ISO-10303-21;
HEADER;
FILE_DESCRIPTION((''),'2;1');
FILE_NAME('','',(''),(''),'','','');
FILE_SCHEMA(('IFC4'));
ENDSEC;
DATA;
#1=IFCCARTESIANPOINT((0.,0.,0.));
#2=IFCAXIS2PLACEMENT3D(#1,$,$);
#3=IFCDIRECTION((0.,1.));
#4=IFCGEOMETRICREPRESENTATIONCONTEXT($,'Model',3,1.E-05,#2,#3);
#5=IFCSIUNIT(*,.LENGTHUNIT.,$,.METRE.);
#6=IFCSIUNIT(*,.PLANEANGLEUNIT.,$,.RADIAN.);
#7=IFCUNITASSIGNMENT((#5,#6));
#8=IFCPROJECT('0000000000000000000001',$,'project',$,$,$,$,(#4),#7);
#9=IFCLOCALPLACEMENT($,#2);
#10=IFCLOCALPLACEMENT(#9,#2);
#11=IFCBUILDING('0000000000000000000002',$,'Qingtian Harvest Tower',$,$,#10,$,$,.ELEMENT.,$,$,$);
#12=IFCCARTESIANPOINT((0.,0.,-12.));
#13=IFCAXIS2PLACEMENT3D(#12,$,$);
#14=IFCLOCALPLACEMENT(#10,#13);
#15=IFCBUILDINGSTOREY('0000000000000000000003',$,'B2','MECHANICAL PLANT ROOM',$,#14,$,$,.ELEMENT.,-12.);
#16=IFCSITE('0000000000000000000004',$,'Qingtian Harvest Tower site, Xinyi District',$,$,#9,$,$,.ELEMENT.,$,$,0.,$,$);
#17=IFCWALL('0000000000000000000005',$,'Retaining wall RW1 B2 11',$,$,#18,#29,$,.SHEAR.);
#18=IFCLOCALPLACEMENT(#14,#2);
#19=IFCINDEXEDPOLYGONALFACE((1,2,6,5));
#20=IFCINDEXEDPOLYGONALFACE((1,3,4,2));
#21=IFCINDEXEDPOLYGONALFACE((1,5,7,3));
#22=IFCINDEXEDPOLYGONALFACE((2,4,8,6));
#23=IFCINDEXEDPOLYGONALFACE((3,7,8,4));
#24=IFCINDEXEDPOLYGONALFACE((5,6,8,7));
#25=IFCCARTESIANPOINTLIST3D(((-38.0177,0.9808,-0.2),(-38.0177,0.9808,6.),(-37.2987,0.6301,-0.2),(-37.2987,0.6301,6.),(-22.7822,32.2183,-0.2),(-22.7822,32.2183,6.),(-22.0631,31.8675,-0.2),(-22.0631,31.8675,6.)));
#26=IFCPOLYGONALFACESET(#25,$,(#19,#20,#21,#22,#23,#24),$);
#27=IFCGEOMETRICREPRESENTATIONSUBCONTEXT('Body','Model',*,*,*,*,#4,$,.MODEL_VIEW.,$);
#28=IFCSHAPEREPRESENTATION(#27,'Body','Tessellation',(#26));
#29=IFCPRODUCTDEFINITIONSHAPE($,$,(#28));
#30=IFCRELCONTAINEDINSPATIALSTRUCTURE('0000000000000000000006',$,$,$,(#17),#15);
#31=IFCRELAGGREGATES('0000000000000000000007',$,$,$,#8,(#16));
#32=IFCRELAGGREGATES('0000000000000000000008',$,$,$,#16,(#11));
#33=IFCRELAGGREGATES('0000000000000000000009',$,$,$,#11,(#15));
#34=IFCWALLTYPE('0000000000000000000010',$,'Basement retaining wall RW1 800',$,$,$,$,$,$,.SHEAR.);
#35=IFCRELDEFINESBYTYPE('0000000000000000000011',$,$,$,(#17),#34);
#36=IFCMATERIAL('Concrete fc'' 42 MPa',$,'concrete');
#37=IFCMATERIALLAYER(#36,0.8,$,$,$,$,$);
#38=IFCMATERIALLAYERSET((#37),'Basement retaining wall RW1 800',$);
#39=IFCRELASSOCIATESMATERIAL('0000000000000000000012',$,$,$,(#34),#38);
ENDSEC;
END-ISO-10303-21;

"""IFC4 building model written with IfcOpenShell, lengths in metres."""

from ifc_helpers import new_model, si_unit, direction, frame, frame_2d, origin, place, context, subcontext, project, spatial, rectangle, extrude, material, layer, layer_set, type_object, element, save


model = new_model("IFC4")

# Units and contexts
model_context = context("Model", 3, precision=1e-05, world=origin(), true_north=direction((0.0, 1.0)))
body_context = subcontext(model_context, "Body", "Model", "MODEL_VIEW")
ifc_project = project(units=[si_unit("LENGTHUNIT", "METRE"), si_unit("PLANEANGLEUNIT", "RADIAN")], contexts=[model_context])

# Site, building, storey
site_placement = place(None, origin())
site = spatial("IfcSite", under=ifc_project, at=site_placement, Name="Qingtian Harvest Tower site, Xinyi District", CompositionType="ELEMENT", RefElevation=0.0)
building_placement = place(site_placement, origin())
building = spatial("IfcBuilding", under=site, at=building_placement, Name="Qingtian Harvest Tower", CompositionType="ELEMENT")
storey_placement = place(building_placement, frame((0.0, 0.0, -12.0)))
storey = spatial("IfcBuildingStorey", under=building, at=storey_placement, Name="B2", Description="MECHANICAL PLANT ROOM", CompositionType="ELEMENT", Elevation=-12.0)

# Wall
ifc_material_1 = material(Name="Concrete fc' 42 MPa", Category="concrete")
ifc_layer = layer(ifc_material_1, 0.8)
ifc_layer_set = layer_set([ifc_layer], Name="Basement retaining wall RW1 800")
wall_type = type_object("IfcWallType", Name="Basement retaining wall RW1 800", PredefinedType="SHEAR", material=ifc_layer_set)
wall_placement = place(storey_placement, frame((-37.6582, 0.8054, -0.2), z_axis=(0.0, 0.0, 1.0), x_axis=(0.438372, 0.898794, 0.0)))
element("IfcWall", 1, at=wall_placement, inside=storey, type_object=wall_type, Name="Retaining wall RW1 B2 11", PredefinedType="SHEAR", context=body_context, shape_type="SweptSolid", body=[
    extrude(rectangle(XDim=34.7549, YDim=0.8, at=frame_2d((17.3774, 0.0))), origin(), (0.0, 0.0, 1.0), 6.2),
])

save(model, "model.ifc")
